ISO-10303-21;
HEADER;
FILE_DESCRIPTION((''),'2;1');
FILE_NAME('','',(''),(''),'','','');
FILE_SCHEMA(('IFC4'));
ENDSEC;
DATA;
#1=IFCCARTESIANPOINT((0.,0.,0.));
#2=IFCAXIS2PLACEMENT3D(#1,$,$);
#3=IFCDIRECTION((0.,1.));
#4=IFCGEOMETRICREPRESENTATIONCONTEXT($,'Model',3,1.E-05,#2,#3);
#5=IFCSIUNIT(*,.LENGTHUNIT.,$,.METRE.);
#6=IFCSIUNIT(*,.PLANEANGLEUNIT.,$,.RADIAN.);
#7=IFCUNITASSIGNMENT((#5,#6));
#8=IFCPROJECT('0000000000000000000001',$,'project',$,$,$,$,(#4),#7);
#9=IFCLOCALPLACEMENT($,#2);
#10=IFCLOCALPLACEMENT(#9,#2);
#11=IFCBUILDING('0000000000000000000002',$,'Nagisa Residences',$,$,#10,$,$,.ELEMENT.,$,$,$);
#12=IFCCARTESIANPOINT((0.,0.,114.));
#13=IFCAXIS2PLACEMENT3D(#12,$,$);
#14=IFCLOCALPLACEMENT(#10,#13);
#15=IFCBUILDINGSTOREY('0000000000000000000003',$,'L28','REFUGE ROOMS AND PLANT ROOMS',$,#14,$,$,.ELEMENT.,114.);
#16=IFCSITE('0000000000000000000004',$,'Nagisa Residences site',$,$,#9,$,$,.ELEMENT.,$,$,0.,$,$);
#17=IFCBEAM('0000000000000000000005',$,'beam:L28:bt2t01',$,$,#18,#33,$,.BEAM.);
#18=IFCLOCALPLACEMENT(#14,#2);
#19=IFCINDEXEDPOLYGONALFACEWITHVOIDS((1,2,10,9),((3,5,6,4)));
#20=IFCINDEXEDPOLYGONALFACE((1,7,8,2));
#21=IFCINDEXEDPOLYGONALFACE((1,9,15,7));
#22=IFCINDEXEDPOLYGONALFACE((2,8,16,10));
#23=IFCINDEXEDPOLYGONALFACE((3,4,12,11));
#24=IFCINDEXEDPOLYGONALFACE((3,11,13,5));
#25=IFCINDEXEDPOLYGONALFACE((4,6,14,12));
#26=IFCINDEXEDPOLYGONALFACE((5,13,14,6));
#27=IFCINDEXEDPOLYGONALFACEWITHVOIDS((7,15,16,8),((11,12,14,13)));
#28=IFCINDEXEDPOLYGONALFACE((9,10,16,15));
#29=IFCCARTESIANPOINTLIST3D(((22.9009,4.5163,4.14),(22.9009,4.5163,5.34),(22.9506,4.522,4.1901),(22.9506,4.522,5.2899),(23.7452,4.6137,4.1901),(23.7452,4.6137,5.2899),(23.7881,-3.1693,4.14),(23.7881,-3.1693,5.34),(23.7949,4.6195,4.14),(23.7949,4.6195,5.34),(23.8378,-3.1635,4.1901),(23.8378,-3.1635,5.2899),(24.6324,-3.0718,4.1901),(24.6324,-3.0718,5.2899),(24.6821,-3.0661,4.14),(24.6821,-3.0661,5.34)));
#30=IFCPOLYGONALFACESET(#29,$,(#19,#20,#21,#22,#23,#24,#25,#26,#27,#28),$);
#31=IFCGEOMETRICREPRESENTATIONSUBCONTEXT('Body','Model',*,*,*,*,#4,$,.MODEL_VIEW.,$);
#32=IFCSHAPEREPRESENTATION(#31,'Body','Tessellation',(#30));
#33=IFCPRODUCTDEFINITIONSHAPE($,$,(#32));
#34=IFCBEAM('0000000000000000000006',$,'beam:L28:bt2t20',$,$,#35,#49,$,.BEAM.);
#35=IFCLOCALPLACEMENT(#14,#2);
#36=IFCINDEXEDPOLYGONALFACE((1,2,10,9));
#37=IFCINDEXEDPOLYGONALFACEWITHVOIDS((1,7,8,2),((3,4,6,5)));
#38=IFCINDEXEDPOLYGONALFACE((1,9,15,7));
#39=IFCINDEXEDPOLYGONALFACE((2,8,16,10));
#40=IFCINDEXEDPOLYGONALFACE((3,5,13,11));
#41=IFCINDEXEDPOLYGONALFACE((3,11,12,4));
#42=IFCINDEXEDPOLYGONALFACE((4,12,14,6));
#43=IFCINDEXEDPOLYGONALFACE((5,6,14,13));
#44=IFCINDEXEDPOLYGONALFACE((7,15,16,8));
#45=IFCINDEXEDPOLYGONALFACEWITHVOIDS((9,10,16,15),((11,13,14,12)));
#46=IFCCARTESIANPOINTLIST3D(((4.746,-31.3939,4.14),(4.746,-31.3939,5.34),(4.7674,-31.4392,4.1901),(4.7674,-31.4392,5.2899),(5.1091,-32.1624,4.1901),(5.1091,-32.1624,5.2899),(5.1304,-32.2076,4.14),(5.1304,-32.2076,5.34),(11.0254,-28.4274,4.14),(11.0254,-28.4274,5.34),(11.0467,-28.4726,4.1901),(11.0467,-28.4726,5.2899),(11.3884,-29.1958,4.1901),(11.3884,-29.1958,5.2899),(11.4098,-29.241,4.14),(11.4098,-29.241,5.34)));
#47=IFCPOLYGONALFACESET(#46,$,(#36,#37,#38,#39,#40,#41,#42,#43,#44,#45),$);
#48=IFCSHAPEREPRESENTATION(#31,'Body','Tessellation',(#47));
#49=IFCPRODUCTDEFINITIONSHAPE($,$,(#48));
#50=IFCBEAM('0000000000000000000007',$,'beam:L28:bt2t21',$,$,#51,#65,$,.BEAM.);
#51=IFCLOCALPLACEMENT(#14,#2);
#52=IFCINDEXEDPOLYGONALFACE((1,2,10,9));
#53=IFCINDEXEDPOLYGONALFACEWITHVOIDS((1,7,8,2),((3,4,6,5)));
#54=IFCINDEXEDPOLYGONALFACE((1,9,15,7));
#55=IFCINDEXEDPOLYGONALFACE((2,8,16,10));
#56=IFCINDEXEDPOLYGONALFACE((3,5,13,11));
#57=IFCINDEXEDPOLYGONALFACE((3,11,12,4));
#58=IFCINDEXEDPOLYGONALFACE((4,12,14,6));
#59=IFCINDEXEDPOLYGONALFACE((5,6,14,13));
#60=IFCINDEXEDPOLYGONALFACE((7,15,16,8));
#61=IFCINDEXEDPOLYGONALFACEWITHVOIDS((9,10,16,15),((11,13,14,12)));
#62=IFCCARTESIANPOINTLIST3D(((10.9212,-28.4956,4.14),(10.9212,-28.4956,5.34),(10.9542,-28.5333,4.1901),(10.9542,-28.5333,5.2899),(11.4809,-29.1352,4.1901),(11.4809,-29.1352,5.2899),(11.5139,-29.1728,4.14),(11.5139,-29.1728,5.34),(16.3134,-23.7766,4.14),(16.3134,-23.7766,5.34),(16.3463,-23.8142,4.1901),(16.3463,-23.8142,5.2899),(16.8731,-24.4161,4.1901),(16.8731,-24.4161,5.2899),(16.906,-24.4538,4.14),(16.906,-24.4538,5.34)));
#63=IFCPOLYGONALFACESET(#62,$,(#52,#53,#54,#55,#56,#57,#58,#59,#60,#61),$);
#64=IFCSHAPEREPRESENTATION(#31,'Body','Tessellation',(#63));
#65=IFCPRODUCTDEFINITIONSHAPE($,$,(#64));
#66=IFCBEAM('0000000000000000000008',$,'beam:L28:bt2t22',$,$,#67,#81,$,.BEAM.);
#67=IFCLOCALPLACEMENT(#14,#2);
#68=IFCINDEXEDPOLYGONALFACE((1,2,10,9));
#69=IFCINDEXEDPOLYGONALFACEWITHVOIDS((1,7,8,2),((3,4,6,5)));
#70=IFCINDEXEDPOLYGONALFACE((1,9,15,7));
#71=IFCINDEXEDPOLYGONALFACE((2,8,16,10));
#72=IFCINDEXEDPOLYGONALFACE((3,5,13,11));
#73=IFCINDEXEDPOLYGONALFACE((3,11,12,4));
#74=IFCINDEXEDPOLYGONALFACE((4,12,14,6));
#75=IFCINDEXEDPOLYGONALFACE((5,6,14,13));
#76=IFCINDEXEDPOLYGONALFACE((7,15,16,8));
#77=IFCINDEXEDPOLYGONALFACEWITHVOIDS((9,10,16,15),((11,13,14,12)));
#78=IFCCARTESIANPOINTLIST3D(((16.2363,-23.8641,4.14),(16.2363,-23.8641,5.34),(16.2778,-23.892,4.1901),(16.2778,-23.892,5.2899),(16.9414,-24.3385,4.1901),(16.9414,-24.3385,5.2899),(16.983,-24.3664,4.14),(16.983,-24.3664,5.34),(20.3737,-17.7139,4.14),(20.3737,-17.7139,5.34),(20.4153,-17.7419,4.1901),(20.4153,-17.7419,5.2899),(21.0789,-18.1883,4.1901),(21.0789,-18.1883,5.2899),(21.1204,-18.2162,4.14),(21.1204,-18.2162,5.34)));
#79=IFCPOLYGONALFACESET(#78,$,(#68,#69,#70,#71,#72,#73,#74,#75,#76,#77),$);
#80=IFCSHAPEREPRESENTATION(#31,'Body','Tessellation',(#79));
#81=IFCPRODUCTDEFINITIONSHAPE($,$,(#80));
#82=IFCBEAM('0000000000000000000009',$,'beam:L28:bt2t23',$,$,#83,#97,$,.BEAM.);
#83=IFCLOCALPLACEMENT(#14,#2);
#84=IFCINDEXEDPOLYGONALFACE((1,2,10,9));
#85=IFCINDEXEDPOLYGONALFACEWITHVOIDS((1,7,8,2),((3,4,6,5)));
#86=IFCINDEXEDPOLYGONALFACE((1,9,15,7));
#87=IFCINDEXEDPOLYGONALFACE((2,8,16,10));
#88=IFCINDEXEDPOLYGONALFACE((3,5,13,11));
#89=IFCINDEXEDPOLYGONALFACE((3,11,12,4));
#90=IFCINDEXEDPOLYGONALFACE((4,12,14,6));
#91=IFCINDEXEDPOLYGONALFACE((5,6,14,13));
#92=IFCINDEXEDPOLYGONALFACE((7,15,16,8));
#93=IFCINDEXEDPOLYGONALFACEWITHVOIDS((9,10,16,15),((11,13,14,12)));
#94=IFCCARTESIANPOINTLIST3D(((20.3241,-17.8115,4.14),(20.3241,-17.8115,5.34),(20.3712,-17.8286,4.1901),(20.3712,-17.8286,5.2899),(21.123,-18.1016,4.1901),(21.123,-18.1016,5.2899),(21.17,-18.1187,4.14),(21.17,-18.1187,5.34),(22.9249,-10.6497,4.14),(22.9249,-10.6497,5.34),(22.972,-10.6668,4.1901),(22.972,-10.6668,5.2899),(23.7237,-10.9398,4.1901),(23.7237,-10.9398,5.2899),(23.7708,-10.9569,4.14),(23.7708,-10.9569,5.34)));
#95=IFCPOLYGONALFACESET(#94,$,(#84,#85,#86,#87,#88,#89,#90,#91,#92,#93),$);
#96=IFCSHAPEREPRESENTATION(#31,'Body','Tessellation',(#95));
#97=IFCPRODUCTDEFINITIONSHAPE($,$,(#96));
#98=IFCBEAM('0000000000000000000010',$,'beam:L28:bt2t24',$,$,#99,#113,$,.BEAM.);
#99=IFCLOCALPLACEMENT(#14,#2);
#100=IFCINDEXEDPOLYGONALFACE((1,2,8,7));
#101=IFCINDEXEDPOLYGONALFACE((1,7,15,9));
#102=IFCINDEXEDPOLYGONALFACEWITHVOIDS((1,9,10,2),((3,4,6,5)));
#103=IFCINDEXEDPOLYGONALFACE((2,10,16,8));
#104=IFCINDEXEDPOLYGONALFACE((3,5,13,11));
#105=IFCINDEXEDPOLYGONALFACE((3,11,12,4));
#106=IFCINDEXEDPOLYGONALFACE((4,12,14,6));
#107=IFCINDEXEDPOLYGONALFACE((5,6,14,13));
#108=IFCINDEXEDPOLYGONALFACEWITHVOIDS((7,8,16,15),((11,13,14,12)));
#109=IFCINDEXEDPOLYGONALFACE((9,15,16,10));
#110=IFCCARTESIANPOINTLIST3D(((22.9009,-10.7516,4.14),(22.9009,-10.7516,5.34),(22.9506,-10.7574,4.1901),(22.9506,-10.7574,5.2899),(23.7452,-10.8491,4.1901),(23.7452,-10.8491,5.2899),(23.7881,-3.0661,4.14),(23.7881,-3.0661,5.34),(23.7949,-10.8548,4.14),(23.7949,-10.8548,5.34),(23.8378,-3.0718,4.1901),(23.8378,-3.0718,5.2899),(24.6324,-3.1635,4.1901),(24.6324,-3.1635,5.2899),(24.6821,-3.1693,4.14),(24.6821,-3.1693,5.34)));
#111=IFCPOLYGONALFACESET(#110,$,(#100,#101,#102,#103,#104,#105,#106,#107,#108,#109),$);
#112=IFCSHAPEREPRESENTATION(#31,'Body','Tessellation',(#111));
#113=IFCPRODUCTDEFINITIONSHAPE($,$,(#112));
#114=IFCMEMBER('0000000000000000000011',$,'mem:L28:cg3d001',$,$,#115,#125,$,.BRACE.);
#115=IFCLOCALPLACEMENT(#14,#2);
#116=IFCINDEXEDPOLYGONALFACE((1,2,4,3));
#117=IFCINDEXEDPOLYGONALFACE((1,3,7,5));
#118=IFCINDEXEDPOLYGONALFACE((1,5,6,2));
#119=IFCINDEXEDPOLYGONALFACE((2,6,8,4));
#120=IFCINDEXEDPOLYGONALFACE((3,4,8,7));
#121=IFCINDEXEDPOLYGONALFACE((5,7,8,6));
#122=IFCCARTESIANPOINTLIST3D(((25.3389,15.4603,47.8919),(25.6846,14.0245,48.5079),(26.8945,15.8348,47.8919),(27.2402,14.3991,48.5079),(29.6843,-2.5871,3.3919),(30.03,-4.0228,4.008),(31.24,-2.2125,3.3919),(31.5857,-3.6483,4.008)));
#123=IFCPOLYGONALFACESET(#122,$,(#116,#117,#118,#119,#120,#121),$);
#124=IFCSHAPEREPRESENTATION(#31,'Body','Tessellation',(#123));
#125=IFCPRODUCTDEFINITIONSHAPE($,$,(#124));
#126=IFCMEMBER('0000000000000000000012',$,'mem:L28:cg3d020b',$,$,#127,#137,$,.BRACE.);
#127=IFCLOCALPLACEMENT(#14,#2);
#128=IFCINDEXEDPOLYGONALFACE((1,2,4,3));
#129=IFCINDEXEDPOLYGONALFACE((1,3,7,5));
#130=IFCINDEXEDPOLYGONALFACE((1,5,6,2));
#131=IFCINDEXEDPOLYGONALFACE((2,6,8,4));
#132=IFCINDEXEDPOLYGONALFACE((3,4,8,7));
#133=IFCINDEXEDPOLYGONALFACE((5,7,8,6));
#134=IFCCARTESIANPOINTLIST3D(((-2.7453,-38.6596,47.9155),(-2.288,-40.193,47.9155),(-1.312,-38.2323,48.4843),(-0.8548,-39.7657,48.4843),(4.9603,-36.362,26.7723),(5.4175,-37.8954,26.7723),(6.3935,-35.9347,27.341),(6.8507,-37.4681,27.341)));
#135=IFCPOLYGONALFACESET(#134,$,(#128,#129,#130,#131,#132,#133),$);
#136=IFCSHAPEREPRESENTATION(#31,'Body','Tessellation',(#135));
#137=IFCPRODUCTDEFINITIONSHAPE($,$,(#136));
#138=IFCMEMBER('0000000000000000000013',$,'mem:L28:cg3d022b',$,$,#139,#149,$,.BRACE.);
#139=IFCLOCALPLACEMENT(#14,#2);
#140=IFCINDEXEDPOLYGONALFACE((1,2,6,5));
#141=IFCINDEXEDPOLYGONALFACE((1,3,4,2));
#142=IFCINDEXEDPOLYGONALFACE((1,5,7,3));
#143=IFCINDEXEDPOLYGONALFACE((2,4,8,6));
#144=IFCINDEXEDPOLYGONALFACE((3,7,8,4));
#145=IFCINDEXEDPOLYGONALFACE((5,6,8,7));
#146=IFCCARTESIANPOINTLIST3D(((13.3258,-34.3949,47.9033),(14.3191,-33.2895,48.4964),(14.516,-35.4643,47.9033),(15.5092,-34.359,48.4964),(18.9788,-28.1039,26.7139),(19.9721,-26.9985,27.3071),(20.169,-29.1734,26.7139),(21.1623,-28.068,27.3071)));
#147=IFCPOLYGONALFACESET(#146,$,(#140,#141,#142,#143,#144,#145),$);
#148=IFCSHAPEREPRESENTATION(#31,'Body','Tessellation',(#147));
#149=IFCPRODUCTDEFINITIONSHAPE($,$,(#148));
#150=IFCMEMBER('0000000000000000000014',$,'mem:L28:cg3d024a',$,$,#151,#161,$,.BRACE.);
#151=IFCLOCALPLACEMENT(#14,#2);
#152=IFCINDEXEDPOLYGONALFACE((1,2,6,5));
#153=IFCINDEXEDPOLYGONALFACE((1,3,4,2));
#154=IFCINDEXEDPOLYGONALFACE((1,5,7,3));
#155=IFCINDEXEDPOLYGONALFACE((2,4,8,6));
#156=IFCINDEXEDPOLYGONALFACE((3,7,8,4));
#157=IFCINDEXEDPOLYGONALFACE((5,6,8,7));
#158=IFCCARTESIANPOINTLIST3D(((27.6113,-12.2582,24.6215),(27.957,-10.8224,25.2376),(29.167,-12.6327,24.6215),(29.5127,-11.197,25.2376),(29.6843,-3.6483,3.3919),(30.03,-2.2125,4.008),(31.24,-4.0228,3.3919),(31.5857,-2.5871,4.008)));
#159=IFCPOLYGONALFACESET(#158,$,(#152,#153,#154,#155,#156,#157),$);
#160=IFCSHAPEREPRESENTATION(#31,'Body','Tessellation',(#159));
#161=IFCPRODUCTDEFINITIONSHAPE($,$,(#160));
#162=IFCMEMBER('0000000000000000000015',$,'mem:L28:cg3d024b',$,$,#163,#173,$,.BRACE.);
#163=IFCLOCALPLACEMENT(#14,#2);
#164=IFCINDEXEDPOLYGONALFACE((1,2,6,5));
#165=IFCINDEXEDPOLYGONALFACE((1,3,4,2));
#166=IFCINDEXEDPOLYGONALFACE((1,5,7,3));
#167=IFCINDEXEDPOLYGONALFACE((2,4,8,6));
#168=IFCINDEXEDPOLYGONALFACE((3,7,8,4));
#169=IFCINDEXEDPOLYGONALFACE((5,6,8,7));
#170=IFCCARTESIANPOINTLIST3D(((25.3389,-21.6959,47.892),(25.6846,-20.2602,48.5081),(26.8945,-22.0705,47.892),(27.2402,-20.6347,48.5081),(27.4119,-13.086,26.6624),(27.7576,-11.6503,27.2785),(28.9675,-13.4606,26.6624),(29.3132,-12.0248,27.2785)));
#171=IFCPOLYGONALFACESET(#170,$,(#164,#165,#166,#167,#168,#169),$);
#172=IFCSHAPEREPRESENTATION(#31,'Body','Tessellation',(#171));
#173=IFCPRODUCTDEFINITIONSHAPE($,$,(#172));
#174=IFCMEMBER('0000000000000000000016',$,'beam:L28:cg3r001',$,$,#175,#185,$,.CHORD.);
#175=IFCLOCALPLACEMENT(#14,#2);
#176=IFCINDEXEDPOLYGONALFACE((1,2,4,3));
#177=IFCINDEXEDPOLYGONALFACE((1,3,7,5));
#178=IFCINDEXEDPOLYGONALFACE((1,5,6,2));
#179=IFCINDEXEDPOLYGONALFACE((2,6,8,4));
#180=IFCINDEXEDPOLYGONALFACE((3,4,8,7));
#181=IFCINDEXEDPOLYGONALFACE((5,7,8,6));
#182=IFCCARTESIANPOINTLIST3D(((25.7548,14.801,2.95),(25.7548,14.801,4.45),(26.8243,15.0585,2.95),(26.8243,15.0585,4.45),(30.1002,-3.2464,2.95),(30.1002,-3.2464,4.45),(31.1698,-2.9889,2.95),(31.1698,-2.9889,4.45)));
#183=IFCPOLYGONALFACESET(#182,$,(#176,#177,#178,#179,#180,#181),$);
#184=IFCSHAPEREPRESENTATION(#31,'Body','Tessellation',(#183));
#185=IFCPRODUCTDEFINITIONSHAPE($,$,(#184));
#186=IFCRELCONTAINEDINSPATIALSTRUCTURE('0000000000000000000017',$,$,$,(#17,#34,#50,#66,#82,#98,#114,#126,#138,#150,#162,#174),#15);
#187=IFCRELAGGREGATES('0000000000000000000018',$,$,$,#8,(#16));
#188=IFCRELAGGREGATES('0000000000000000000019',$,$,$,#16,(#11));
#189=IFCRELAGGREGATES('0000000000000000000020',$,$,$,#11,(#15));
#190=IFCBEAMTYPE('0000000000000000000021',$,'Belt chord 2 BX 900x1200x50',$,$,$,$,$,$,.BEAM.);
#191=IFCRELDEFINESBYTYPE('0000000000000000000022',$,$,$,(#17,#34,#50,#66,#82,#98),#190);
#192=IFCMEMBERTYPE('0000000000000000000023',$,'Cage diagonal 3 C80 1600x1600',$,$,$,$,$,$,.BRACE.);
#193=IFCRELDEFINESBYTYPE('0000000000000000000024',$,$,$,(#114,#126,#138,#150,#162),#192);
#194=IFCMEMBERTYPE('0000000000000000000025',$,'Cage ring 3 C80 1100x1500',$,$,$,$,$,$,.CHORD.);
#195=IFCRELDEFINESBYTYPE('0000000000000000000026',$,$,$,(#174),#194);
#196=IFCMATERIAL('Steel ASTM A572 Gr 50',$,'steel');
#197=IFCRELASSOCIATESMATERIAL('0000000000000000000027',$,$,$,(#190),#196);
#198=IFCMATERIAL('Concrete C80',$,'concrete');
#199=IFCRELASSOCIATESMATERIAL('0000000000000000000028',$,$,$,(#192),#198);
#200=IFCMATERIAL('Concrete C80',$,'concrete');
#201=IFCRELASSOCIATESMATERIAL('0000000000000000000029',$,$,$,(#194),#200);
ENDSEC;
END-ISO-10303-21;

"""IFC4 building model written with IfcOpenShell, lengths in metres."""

from ifc_helpers import new_model, si_unit, direction, frame, origin, origin_2d, place, context, subcontext, project, spatial, rectangle, hollow_rectangle, extrude, material, material_profile, profile_set, type_object, element, save


model = new_model("IFC4")

# Units and contexts
model_context = context("Model", 3, precision=1e-05, world=origin(), true_north=direction((0.0, 1.0)))
body_context = subcontext(model_context, "Body", "Model", "MODEL_VIEW")
ifc_project = project(units=[si_unit("LENGTHUNIT", "METRE"), si_unit("PLANEANGLEUNIT", "RADIAN")], contexts=[model_context])

# Site, building, storey
site_placement = place(None, origin())
site = spatial("IfcSite", under=ifc_project, at=site_placement, Name="Nagisa Residences site", CompositionType="ELEMENT", RefElevation=0.0)
building_placement = place(site_placement, origin())
building = spatial("IfcBuilding", under=site, at=building_placement, Name="Nagisa Residences", CompositionType="ELEMENT")
storey_placement = place(building_placement, frame((0.0, 0.0, 114.0)))
storey = spatial("IfcBuildingStorey", under=building, at=storey_placement, Name="L28", Description="REFUGE ROOMS AND PLANT ROOMS", CompositionType="ELEMENT", Elevation=114.0)

# Beams
ifc_material_1 = material(Name="Steel ASTM A572 Gr 50", Category="steel")
ifc_material_profile_1 = material_profile(ifc_material_1, hollow_rectangle(XDim=0.8999, YDim=1.2, WallThickness=0.05, at=origin_2d()), Name="BX 900x1200x50")
ifc_profile_set_1 = profile_set([ifc_material_profile_1], Name="Steel ASTM A572 Gr 50")
beam_type = type_object("IfcBeamType", Name="Belt chord 2 BX 900x1200x50", PredefinedType="BEAM", material=ifc_profile_set_1)
beam_1_placement = place(storey_placement, frame((24.2351, -3.1177, 4.74), z_axis=(-0.114677, 0.993403, 0.0), x_axis=(-0.993403, -0.114677, 0.0)))
element("IfcBeam", 1, at=beam_1_placement, inside=storey, type_object=beam_type, Name="beam:L28:bt2t01", PredefinedType="BEAM", context=body_context, shape_type="SweptSolid", body=[
    extrude(hollow_rectangle(XDim=0.8999, YDim=1.2, WallThickness=0.05, at=origin_2d()), origin(), (0.0, 0.0, 1.0), 7.7366),
])
beam_2_placement = place(storey_placement, frame((4.9382, -31.8008, 4.74), z_axis=(0.904175, 0.427163, 0.0), x_axis=(-0.427163, 0.904175, 0.0)))
element("IfcBeam", 2, at=beam_2_placement, inside=storey, type_object=beam_type, Name="beam:L28:bt2t20", PredefinedType="BEAM", context=body_context, shape_type="SweptSolid", body=[
    extrude(hollow_rectangle(XDim=0.8999, YDim=1.2, WallThickness=0.05, at=origin_2d()), origin(), (0.0, 0.0, 1.0), 6.9448),
])
beam_3_placement = place(storey_placement, frame((11.2175, -28.8342, 4.74), z_axis=(0.752513, 0.658577, 0.0), x_axis=(-0.658577, 0.752513, 0.0)))
element("IfcBeam", 3, at=beam_3_placement, inside=storey, type_object=beam_type, Name="beam:L28:bt2t21", PredefinedType="BEAM", context=body_context, shape_type="SweptSolid", body=[
    extrude(hollow_rectangle(XDim=0.8999, YDim=1.2, WallThickness=0.05, at=origin_2d()), origin(), (0.0, 0.0, 1.0), 7.1655),
])
beam_4_placement = place(storey_placement, frame((16.6096, -24.1152, 4.74), z_axis=(0.558184, 0.829717, 0.0), x_axis=(-0.829717, 0.558184, 0.0)))
element("IfcBeam", 4, at=beam_4_placement, inside=storey, type_object=beam_type, Name="beam:L28:bt2t22", PredefinedType="BEAM", context=body_context, shape_type="SweptSolid", body=[
    extrude(hollow_rectangle(XDim=0.8999, YDim=1.2, WallThickness=0.05, at=origin_2d()), origin(), (0.0, 0.0, 1.0), 7.4124),
])
beam_5_placement = place(storey_placement, frame((20.7471, -17.9651, 4.74), z_axis=(0.341339, 0.93994, 0.0), x_axis=(-0.93994, 0.341339, 0.0)))
element("IfcBeam", 5, at=beam_5_placement, inside=storey, type_object=beam_type, Name="beam:L28:bt2t23", PredefinedType="BEAM", context=body_context, shape_type="SweptSolid", body=[
    extrude(hollow_rectangle(XDim=0.8999, YDim=1.2, WallThickness=0.05, at=origin_2d()), origin(), (0.0, 0.0, 1.0), 7.6194),
])
beam_6_placement = place(storey_placement, frame((23.3479, -10.8032, 4.74), z_axis=(0.114677, 0.993403, 0.0), x_axis=(-0.993403, 0.114677, 0.0)))
element("IfcBeam", 6, at=beam_6_placement, inside=storey, type_object=beam_type, Name="beam:L28:bt2t24", PredefinedType="BEAM", context=body_context, shape_type="SweptSolid", body=[
    extrude(hollow_rectangle(XDim=0.8999, YDim=1.2, WallThickness=0.05, at=origin_2d()), origin(), (0.0, 0.0, 1.0), 7.7366),
])

# Members
ifc_material_2 = material(Name="Concrete C80", Category="concrete")
ifc_material_profile_2 = material_profile(ifc_material_2, rectangle(XDim=1.6001, YDim=1.6001, at=origin_2d()), Name="C80 1600x1600")
ifc_profile_set_2 = profile_set([ifc_material_profile_2], Name="Concrete C80")
member_type_1 = type_object("IfcMemberType", Name="Cage diagonal 3 C80 1600x1600", PredefinedType="BRACE", material=ifc_profile_set_2)
member_1_placement = place(storey_placement, frame((30.635, -3.1177, 3.7), z_axis=(-0.090124, 0.374298, 0.922919), x_axis=(-0.972215, -0.234091, 0.0)))
element("IfcMember", 7, at=member_1_placement, inside=storey, type_object=member_type_1, Name="mem:L28:cg3d001", PredefinedType="BRACE", context=body_context, shape_type="SweptSolid", body=[
    extrude(rectangle(XDim=1.6001, YDim=1.6001, at=origin_2d()), origin(), (0.0, 0.0, 1.0), 48.2166),
])
member_2_placement = place(storey_placement, frame((5.9055, -36.915, 27.0566), z_axis=(-0.340643, -0.101571, 0.93469), x_axis=(0.285743, -0.958306, 0.0)))
element("IfcMember", 8, at=member_2_placement, inside=storey, type_object=member_type_1, Name="mem:L28:cg3d020b", PredefinedType="BRACE", context=body_context, shape_type="SweptSolid", body=[
    extrude(rectangle(XDim=1.6001, YDim=1.6001, at=origin_2d()), origin(), (0.0, 0.0, 1.0), 22.6206),
])
member_3_placement = place(storey_placement, frame((20.0706, -28.0859, 27.0105), z_axis=(-0.247778, -0.27574, 0.928748), x_axis=(0.743814, -0.668387, 0.0)))
element("IfcMember", 9, at=member_3_placement, inside=storey, type_object=member_type_1, Name="mem:L28:cg3d022b", PredefinedType="BRACE", context=body_context, shape_type="SweptSolid", body=[
    extrude(rectangle(XDim=1.6001, YDim=1.6001, at=origin_2d()), origin(), (0.0, 0.0, 1.0), 22.8149),
])
for number, where, z_axis, x_axis, name in (
    (10, (30.635, -3.1177, 3.7), (-0.09012, -0.3743, 0.922918), (0.972217, -0.234081, 0.0), "mem:L28:cg3d024a"),
    (11, (28.3625, -12.5554, 26.9705), (-0.09012, -0.3743, 0.922918), (0.972217, -0.234081, 0.0), "mem:L28:cg3d024b"),
):
    element("IfcMember", number, at=place(storey_placement, frame(where, z_axis=z_axis, x_axis=x_axis)), inside=storey, type_object=member_type_1, Name=name, PredefinedType="BRACE", context=body_context, shape_type="SweptSolid", body=[
        extrude(rectangle(XDim=1.6001, YDim=1.6001, at=origin_2d()), origin(), (0.0, 0.0, 1.0), 23.0027),
    ])
ifc_material_3 = material(Name="Concrete C80", Category="concrete")
ifc_material_profile_3 = material_profile(ifc_material_3, rectangle(XDim=1.1001, YDim=1.5, at=origin_2d()), Name="C80 1100x1500")
ifc_profile_set_3 = profile_set([ifc_material_profile_3], Name="Concrete C80")
member_type_2 = type_object("IfcMemberType", Name="Cage ring 3 C80 1100x1500", PredefinedType="CHORD", material=ifc_profile_set_3)
member_4_placement = place(storey_placement, frame((30.635, -3.1177, 3.7), z_axis=(-0.234091, 0.972215, 0.0), x_axis=(-0.972215, -0.234091, 0.0)))
element("IfcMember", 12, at=member_4_placement, inside=storey, type_object=member_type_2, Name="beam:L28:cg3r001", PredefinedType="CHORD", context=body_context, shape_type="SweptSolid", body=[
    extrude(rectangle(XDim=1.1001, YDim=1.5, at=origin_2d()), origin(), (0.0, 0.0, 1.0), 18.5632),
])

save(model, "model.ifc")
